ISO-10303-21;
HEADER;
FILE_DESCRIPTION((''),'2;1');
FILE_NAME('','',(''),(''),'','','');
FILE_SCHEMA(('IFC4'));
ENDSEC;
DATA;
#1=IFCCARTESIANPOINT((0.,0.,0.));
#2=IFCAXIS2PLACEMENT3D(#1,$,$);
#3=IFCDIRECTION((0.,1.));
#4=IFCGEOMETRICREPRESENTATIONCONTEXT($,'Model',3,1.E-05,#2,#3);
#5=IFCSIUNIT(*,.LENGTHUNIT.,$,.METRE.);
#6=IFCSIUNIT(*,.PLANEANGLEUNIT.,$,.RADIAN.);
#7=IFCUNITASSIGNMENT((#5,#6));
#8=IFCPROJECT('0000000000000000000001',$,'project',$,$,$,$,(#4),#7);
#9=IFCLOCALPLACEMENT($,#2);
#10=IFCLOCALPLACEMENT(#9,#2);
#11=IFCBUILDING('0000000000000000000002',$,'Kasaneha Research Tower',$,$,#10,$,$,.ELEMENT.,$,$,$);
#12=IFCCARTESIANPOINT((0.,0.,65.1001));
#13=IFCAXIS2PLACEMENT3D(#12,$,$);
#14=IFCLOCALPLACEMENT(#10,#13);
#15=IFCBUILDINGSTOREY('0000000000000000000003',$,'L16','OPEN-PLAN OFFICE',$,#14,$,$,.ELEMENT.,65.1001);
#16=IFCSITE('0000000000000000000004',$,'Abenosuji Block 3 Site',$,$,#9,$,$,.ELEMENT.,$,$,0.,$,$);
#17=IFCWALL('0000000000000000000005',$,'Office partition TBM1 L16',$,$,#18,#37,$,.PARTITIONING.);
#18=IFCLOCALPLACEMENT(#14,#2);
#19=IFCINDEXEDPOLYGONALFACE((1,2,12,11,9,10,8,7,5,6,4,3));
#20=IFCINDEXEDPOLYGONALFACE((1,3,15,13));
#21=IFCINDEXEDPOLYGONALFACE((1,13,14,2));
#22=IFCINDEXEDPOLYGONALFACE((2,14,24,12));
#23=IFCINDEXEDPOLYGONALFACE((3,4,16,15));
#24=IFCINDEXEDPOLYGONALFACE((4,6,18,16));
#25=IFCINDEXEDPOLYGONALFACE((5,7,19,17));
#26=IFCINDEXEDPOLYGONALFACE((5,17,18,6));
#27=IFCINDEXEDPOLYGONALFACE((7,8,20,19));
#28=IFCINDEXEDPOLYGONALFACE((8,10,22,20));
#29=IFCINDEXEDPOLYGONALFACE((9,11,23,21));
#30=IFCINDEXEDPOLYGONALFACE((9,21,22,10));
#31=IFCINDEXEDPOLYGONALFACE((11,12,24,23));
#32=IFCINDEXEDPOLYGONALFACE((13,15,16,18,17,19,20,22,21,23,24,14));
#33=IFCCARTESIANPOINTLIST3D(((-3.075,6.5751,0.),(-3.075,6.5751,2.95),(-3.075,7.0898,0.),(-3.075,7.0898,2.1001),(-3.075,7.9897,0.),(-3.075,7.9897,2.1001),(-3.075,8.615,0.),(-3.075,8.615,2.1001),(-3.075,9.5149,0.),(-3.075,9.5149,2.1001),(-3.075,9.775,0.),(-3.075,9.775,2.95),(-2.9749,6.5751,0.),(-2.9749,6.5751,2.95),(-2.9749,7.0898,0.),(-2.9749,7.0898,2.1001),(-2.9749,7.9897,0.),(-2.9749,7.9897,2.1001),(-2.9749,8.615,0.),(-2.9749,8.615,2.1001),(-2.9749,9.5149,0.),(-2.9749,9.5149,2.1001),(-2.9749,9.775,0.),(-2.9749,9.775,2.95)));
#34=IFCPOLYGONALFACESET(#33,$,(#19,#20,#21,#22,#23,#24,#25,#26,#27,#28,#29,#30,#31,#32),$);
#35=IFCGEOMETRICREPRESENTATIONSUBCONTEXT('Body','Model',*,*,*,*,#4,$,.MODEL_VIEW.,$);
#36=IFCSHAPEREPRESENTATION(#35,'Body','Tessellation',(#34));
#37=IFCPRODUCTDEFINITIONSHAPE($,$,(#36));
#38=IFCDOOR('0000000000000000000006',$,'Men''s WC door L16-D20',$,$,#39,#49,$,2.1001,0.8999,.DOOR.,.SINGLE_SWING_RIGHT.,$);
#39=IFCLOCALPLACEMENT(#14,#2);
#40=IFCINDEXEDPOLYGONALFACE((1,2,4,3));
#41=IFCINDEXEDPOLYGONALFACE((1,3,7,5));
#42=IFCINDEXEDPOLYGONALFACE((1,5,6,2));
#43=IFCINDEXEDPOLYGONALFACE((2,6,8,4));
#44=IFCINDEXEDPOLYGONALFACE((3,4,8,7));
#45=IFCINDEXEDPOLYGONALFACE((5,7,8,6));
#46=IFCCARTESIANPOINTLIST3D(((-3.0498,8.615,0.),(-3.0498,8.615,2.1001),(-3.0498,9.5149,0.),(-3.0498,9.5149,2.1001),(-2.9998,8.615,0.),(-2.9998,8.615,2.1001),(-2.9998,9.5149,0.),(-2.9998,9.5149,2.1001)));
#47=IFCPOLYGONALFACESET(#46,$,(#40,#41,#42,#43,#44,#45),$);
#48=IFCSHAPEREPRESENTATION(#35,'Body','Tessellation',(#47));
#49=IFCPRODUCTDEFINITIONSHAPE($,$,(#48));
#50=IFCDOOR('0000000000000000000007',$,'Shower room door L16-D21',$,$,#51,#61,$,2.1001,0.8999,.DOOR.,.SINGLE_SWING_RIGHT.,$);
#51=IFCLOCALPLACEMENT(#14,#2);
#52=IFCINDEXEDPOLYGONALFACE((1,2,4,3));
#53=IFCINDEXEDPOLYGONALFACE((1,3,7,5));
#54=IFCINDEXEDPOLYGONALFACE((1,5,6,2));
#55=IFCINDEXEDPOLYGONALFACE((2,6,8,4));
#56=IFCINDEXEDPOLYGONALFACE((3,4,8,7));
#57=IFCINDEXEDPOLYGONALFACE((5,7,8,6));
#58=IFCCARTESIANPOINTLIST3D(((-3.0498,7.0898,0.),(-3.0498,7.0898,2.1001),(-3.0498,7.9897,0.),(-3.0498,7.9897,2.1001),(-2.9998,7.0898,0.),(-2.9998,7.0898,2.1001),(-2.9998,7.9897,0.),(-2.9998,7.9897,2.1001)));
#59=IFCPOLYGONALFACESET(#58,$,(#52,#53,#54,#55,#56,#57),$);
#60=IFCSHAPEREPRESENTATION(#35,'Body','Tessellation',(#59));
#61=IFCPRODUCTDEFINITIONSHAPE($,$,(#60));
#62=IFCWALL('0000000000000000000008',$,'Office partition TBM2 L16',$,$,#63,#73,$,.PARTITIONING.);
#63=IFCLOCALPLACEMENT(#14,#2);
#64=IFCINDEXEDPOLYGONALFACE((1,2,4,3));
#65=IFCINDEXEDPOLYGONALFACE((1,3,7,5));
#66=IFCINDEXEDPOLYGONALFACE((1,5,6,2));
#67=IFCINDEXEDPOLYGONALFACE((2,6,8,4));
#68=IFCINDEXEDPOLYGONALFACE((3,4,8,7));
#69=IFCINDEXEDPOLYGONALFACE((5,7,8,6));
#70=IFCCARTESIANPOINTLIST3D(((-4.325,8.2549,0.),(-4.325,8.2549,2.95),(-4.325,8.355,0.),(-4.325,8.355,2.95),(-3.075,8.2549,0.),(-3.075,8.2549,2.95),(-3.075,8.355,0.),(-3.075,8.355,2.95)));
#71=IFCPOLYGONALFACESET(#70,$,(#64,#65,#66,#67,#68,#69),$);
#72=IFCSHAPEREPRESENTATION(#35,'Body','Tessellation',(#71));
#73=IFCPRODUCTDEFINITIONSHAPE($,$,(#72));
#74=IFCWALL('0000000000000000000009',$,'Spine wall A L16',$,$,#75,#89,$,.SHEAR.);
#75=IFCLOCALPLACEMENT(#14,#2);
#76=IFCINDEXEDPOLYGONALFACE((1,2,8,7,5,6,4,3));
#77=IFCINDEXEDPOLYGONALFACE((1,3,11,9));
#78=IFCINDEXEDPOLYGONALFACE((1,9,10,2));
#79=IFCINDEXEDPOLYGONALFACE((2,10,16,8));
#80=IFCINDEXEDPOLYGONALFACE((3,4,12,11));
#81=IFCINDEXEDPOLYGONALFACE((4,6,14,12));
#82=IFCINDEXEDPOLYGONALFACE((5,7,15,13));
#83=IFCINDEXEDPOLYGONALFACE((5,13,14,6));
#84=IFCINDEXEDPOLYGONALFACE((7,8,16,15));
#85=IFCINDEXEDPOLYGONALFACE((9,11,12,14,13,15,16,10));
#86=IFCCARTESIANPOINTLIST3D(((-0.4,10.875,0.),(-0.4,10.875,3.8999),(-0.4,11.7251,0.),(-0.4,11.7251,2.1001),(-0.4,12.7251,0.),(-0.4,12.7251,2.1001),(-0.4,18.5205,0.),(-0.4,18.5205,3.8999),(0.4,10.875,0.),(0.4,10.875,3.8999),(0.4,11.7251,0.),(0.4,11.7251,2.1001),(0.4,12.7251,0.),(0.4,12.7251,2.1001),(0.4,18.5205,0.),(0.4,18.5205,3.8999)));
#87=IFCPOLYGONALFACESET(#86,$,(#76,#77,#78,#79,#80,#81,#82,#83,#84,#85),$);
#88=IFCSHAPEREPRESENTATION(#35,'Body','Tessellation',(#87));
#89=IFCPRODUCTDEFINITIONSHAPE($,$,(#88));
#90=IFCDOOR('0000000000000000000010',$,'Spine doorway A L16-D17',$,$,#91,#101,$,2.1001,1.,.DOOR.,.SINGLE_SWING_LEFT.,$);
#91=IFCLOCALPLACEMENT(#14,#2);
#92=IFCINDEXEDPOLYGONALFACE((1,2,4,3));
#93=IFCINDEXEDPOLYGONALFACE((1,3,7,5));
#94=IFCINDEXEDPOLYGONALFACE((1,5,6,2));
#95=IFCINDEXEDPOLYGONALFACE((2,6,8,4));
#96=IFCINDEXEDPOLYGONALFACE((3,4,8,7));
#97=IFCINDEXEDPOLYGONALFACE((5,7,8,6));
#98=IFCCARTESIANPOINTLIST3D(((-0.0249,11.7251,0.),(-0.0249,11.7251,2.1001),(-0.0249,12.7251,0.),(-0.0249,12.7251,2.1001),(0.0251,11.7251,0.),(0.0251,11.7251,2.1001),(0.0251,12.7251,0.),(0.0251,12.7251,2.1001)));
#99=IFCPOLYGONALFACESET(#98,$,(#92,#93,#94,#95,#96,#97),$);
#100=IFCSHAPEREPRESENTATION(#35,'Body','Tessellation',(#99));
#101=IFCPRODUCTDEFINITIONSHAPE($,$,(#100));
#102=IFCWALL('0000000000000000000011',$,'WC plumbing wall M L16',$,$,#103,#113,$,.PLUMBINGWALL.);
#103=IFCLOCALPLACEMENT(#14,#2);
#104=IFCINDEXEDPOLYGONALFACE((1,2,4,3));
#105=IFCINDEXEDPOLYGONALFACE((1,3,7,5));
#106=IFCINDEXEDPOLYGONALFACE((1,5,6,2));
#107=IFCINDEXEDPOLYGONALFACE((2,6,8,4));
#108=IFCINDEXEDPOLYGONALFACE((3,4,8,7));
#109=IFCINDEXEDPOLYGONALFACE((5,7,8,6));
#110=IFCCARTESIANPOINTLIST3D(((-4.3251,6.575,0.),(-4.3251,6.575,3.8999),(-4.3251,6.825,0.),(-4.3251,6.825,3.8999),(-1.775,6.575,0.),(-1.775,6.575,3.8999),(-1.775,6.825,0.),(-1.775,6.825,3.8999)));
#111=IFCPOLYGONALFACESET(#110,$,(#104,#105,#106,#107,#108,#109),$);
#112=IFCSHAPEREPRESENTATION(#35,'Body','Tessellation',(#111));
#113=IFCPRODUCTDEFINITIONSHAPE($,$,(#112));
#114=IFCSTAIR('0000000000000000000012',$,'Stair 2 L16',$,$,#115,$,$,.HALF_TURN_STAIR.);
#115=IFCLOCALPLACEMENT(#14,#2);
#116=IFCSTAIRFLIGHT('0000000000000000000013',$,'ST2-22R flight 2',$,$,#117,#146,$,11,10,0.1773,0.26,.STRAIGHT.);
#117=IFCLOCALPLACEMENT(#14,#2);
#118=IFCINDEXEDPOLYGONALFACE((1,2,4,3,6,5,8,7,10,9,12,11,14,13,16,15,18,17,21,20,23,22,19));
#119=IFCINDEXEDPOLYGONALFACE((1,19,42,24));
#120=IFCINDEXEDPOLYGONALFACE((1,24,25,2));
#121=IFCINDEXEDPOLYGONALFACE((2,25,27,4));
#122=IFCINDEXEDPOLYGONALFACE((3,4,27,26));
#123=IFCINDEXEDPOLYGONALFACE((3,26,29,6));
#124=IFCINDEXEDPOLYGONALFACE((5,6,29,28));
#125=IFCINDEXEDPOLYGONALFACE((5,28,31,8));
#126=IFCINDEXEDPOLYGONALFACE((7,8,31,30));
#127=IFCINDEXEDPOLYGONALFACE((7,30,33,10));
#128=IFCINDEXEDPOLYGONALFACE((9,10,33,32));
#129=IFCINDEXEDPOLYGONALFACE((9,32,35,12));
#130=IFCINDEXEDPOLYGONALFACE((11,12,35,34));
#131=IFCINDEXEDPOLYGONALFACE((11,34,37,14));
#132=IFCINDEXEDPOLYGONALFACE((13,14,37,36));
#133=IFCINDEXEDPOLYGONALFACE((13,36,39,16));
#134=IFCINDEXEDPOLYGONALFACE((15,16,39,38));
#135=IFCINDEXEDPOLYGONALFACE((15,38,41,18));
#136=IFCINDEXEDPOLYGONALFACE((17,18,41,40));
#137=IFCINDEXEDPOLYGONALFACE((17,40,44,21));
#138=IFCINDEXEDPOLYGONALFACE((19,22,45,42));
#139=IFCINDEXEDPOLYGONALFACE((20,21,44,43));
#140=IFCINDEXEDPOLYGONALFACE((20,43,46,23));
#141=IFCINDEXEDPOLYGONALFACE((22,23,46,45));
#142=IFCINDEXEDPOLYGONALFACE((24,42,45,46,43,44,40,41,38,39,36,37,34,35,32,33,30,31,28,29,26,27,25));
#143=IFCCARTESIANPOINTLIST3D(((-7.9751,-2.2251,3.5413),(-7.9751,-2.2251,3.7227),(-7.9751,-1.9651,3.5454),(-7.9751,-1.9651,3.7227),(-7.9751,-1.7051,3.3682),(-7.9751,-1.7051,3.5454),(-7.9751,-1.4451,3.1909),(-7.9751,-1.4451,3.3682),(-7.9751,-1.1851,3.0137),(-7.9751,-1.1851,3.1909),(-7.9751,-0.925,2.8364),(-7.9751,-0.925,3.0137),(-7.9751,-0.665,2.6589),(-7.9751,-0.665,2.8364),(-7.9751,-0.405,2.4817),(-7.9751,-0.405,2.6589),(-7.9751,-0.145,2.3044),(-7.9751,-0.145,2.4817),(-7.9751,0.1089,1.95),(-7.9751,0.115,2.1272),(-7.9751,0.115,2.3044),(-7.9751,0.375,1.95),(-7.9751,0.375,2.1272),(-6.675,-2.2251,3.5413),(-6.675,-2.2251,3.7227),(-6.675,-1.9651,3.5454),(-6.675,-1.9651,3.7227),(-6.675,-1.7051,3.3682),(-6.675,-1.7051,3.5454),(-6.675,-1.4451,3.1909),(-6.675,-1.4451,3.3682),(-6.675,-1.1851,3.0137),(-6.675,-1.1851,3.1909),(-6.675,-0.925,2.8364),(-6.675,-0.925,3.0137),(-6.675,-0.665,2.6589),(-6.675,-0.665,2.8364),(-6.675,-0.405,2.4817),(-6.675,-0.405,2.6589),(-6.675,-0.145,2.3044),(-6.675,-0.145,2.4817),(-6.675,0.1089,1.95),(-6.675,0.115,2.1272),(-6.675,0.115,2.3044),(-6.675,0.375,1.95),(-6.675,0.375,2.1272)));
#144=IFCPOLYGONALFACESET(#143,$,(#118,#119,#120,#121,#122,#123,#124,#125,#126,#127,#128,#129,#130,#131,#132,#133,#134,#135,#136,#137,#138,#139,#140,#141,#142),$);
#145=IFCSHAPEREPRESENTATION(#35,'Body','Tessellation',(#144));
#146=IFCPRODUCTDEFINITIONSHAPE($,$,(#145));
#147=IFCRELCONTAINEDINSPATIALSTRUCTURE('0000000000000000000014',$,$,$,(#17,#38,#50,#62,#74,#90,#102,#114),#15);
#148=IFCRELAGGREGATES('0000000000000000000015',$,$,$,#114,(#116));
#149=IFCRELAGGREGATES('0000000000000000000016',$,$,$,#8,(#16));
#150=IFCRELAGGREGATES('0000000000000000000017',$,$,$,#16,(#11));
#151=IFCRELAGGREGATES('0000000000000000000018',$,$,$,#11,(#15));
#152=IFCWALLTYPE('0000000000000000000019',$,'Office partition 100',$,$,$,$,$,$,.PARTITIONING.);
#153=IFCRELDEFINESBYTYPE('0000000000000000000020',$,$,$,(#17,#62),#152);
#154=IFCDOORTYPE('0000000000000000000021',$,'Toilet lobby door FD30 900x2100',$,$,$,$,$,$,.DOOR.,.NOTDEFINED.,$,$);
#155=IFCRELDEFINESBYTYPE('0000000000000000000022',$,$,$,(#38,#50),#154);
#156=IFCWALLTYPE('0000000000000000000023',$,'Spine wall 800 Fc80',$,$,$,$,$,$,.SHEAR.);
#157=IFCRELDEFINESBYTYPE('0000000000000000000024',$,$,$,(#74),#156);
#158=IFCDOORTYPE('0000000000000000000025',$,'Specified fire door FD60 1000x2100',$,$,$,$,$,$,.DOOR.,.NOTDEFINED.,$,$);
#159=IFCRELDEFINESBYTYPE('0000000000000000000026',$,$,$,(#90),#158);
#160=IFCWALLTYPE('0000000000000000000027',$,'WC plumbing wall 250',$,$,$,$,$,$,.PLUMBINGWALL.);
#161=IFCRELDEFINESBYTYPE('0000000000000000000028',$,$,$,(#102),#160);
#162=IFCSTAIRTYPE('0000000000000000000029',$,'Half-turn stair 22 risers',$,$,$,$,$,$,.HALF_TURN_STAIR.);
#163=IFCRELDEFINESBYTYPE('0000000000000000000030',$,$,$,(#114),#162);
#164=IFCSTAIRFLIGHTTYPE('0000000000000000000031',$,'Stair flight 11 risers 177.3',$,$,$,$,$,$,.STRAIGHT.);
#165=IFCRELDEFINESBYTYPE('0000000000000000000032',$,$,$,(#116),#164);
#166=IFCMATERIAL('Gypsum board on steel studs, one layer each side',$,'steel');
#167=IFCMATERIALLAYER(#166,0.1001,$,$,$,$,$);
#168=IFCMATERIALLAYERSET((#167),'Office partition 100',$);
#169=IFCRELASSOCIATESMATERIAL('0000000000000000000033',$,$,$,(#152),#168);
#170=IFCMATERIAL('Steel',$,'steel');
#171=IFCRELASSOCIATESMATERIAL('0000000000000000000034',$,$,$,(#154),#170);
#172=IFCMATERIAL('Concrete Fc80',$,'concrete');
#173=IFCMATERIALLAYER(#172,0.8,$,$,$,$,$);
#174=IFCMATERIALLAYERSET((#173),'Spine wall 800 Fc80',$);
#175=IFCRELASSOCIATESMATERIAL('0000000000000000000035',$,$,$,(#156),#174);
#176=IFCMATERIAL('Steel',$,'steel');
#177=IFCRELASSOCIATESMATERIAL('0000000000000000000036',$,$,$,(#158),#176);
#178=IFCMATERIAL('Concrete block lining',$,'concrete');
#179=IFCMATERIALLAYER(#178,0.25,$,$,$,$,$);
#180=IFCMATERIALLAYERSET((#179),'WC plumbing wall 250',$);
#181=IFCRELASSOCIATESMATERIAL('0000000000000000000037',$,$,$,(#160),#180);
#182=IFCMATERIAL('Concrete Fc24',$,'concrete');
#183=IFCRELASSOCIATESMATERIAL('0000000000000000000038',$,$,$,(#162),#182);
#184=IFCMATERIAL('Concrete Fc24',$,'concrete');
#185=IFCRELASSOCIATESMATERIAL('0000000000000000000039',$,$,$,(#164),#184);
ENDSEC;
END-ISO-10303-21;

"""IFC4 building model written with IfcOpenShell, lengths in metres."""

from ifc_helpers import new_model, si_unit, direction, frame, frame_2d, origin, place, context, subcontext, project, spatial, polyline, rectangle, outline, extrude, material, layer, layer_set, type_object, element, fill, aggregate, save


model = new_model("IFC4")

# Units and contexts
model_context = context("Model", 3, precision=1e-05, world=origin(), true_north=direction((0.0, 1.0)))
body_context = subcontext(model_context, "Body", "Model", "MODEL_VIEW")
ifc_project = project(units=[si_unit("LENGTHUNIT", "METRE"), si_unit("PLANEANGLEUNIT", "RADIAN")], contexts=[model_context])

# Site, building, storey
site_placement = place(None, origin())
site = spatial("IfcSite", under=ifc_project, at=site_placement, Name="Abenosuji Block 3 Site", CompositionType="ELEMENT", RefElevation=0.0)
building_placement = place(site_placement, origin())
building = spatial("IfcBuilding", under=site, at=building_placement, Name="Kasaneha Research Tower", CompositionType="ELEMENT")
storey_placement = place(building_placement, frame((0.0, 0.0, 65.1001)))
storey = spatial("IfcBuildingStorey", under=building, at=storey_placement, Name="L16", Description="OPEN-PLAN OFFICE", CompositionType="ELEMENT", Elevation=65.1001)

# Wall, openings, doors
ifc_material_1 = material(Name="Gypsum board on steel studs, one layer each side", Category="steel")
ifc_layer_1 = layer(ifc_material_1, 0.1001)
ifc_layer_set_1 = layer_set([ifc_layer_1], Name="Office partition 100")
wall_type_1 = type_object("IfcWallType", Name="Office partition 100", PredefinedType="PARTITIONING", material=ifc_layer_set_1)
wall_1_placement = place(storey_placement, frame((-3.0249, 6.575, 0.0), z_axis=(0.0, 0.0, 1.0), x_axis=(0.0, 1.0, 0.0)))
wall_1 = element("IfcWall", 1, at=wall_1_placement, inside=storey, type_object=wall_type_1, Name="Office partition TBM1 L16", PredefinedType="PARTITIONING", context=body_context, shape_type="SweptSolid", body=[
    extrude(rectangle(XDim=3.2, YDim=0.1001, at=frame_2d((1.6001, 0.0))), origin(), (0.0, 0.0, 1.0), 2.95),
])
opening_1_placement = place(wall_1_placement, frame((2.04, 0.0, 0.0)))
opening_1 = element("IfcOpeningElement", 2, at=opening_1_placement, cuts=wall_1, PredefinedType="OPENING", context=body_context, shape_type="SweptSolid", body=[
    extrude(rectangle(XDim=0.8999, YDim=2.1001, at=frame_2d((0.45, 1.05))), frame((0.0, 0.0601, 0.0), z_axis=(0.0, -1.0, 0.0), x_axis=(1.0, 0.0, 0.0)), (0.0, 0.0, 1.0), 0.1201),
])
opening_2_placement = place(wall_1_placement, frame((0.5149, 0.0, 0.0)))
opening_2 = element("IfcOpeningElement", 3, at=opening_2_placement, cuts=wall_1, PredefinedType="OPENING", context=body_context, shape_type="SweptSolid", body=[
    extrude(rectangle(XDim=0.8999, YDim=2.1001, at=frame_2d((0.45, 1.05))), frame((0.0, 0.0601, 0.0), z_axis=(0.0, -1.0, 0.0), x_axis=(1.0, 0.0, 0.0)), (0.0, 0.0, 1.0), 0.1201),
])
ifc_material_2 = material(Name="Steel", Category="steel")
door_type_1 = type_object("IfcDoorType", Name="Toilet lobby door FD30 900x2100", OperationType="NOTDEFINED", PredefinedType="DOOR", material=ifc_material_2)
door_1_placement = place(opening_1_placement, origin())
door_1 = element("IfcDoor", 4, at=door_1_placement, inside=storey, type_object=door_type_1, Name="Men's WC door L16-D20", OperationType="SINGLE_SWING_RIGHT", OverallHeight=2.1001, OverallWidth=0.8999, PredefinedType="DOOR", context=body_context, shape_type="SweptSolid", body=[
    extrude(rectangle(XDim=0.8999, YDim=2.1001, at=frame_2d((0.45, 1.05))), frame((0.0, 0.0249, 0.0), z_axis=(0.0, -1.0, 0.0), x_axis=(1.0, 0.0, 0.0)), (0.0, 0.0, 1.0), 0.05),
])
fill(opening_1, door_1)
door_2_placement = place(opening_2_placement, origin())
door_2 = element("IfcDoor", 5, at=door_2_placement, inside=storey, type_object=door_type_1, Name="Shower room door L16-D21", OperationType="SINGLE_SWING_RIGHT", OverallHeight=2.1001, OverallWidth=0.8999, PredefinedType="DOOR", context=body_context, shape_type="SweptSolid", body=[
    extrude(rectangle(XDim=0.8999, YDim=2.1001, at=frame_2d((0.45, 1.05))), frame((0.0, 0.0249, 0.0), z_axis=(0.0, -1.0, 0.0), x_axis=(1.0, 0.0, 0.0)), (0.0, 0.0, 1.0), 0.05),
])
fill(opening_2, door_2)

# Wall
wall_2_placement = place(storey_placement, frame((-3.075, 8.3049, 0.0), z_axis=(0.0, 0.0, 1.0), x_axis=(-1.0, 0.0, 0.0)))
element("IfcWall", 6, at=wall_2_placement, inside=storey, type_object=wall_type_1, Name="Office partition TBM2 L16", PredefinedType="PARTITIONING", context=body_context, shape_type="SweptSolid", body=[
    extrude(rectangle(XDim=1.25, YDim=0.1001, at=frame_2d((0.625, 0.0))), origin(), (0.0, 0.0, 1.0), 2.95),
])

# Wall, opening, door
ifc_material_3 = material(Name="Concrete Fc80", Category="concrete")
ifc_layer_2 = layer(ifc_material_3, 0.8)
ifc_layer_set_2 = layer_set([ifc_layer_2], Name="Spine wall 800 Fc80")
wall_type_2 = type_object("IfcWallType", Name="Spine wall 800 Fc80", PredefinedType="SHEAR", material=ifc_layer_set_2)
wall_3_placement = place(storey_placement, frame((0.0, 10.875, 0.0), z_axis=(0.0, 0.0, 1.0), x_axis=(0.0, 1.0, 0.0)))
wall_3 = element("IfcWall", 7, at=wall_3_placement, inside=storey, type_object=wall_type_2, Name="Spine wall A L16", PredefinedType="SHEAR", context=body_context, shape_type="SweptSolid", body=[
    extrude(rectangle(XDim=7.6455, YDim=0.8, at=frame_2d((3.8228, 0.0))), origin(), (0.0, 0.0, 1.0), 3.8999),
])
opening_3_placement = place(wall_3_placement, frame((0.8501, 0.0, 0.0)))
opening_3 = element("IfcOpeningElement", 8, at=opening_3_placement, cuts=wall_3, PredefinedType="OPENING", context=body_context, shape_type="SweptSolid", body=[
    extrude(rectangle(XDim=1.0, YDim=2.1001, at=frame_2d((0.5, 1.05))), frame((0.0, 0.4102, 0.0), z_axis=(0.0, -1.0, 0.0), x_axis=(1.0, 0.0, 0.0)), (0.0, 0.0, 1.0), 0.8201),
])
ifc_material_4 = material(Name="Steel", Category="steel")
door_type_2 = type_object("IfcDoorType", Name="Specified fire door FD60 1000x2100", OperationType="NOTDEFINED", PredefinedType="DOOR", material=ifc_material_4)
door_3_placement = place(opening_3_placement, origin())
door_3 = element("IfcDoor", 9, at=door_3_placement, inside=storey, type_object=door_type_2, Name="Spine doorway A L16-D17", OperationType="SINGLE_SWING_LEFT", OverallHeight=2.1001, OverallWidth=1.0, PredefinedType="DOOR", context=body_context, shape_type="SweptSolid", body=[
    extrude(rectangle(XDim=1.0, YDim=2.1001, at=frame_2d((0.5, 1.05))), frame((0.0, 0.0249, 0.0), z_axis=(0.0, -1.0, 0.0), x_axis=(1.0, 0.0, 0.0)), (0.0, 0.0, 1.0), 0.05),
])
fill(opening_3, door_3)

# Wall
ifc_material_5 = material(Name="Concrete block lining", Category="concrete")
ifc_layer_3 = layer(ifc_material_5, 0.25)
ifc_layer_set_3 = layer_set([ifc_layer_3], Name="WC plumbing wall 250")
wall_type_3 = type_object("IfcWallType", Name="WC plumbing wall 250", PredefinedType="PLUMBINGWALL", material=ifc_layer_set_3)
wall_4_placement = place(storey_placement, frame((-4.325, 6.7, 0.0), z_axis=(0.0, 0.0, 1.0), x_axis=(1.0, 0.0, 0.0)))
element("IfcWall", 10, at=wall_4_placement, inside=storey, type_object=wall_type_3, Name="WC plumbing wall M L16", PredefinedType="PLUMBINGWALL", context=body_context, shape_type="SweptSolid", body=[
    extrude(rectangle(XDim=2.55, YDim=0.25, at=frame_2d((1.2749, 0.0))), origin(), (0.0, 0.0, 1.0), 3.8999),
])

# Stair, stair flight
ifc_material_6 = material(Name="Concrete Fc24", Category="concrete")
stair_type = type_object("IfcStairType", Name="Half-turn stair 22 risers", PredefinedType="HALF_TURN_STAIR", material=ifc_material_6)
stair_placement = place(storey_placement, origin())
stair = element("IfcStair", 11, at=stair_placement, inside=storey, type_object=stair_type, Name="Stair 2 L16", PredefinedType="HALF_TURN_STAIR")
ifc_material_7 = material(Name="Concrete Fc24", Category="concrete")
stair_flight_type = type_object("IfcStairFlightType", Name="Stair flight 11 risers 177.3", PredefinedType="STRAIGHT", material=ifc_material_7)
stair_flight_placement = place(storey_placement, frame((-7.325, 0.375, 1.95), z_axis=(0.0, 0.0, 1.0), x_axis=(0.0, -1.0, 0.0)))
stair_flight = element("IfcStairFlight", 12, at=stair_flight_placement, type_object=stair_flight_type, Name="ST2-22R flight 2", NumberOfRisers=11, NumberOfTreads=10, PredefinedType="STRAIGHT", RiserHeight=0.1773, TreadLength=0.26, context=body_context, shape_type="SweptSolid", body=[
    extrude(outline(polyline([(0.0, 0.0), (0.0, 0.1772), (0.26, 0.1772), (0.26, 0.3545), (0.52, 0.3545), (0.52, 0.5317), (0.78, 0.5317), (0.78, 0.709), (1.04, 0.709), (1.04, 0.8865), (1.3, 0.8865), (1.3, 1.0637), (1.5601, 1.0637), (1.5601, 1.241), (1.8201, 1.241), (1.8201, 1.4182), (2.0801, 1.4182), (2.0801, 1.5955), (2.3401, 1.5955), (2.3401, 1.7727), (2.6001, 1.7727), (2.6001, 1.95), (2.6001, 1.5913), (0.2661, 0.0), (0.0, 0.0)])), frame((0.0, 0.6499, 0.0), z_axis=(0.0, -1.0, 0.0), x_axis=(1.0, 0.0, 0.0)), (0.0, 0.0, 1.0), 1.3),
])
aggregate(stair, [stair_flight])

save(model, "model.ifc")
